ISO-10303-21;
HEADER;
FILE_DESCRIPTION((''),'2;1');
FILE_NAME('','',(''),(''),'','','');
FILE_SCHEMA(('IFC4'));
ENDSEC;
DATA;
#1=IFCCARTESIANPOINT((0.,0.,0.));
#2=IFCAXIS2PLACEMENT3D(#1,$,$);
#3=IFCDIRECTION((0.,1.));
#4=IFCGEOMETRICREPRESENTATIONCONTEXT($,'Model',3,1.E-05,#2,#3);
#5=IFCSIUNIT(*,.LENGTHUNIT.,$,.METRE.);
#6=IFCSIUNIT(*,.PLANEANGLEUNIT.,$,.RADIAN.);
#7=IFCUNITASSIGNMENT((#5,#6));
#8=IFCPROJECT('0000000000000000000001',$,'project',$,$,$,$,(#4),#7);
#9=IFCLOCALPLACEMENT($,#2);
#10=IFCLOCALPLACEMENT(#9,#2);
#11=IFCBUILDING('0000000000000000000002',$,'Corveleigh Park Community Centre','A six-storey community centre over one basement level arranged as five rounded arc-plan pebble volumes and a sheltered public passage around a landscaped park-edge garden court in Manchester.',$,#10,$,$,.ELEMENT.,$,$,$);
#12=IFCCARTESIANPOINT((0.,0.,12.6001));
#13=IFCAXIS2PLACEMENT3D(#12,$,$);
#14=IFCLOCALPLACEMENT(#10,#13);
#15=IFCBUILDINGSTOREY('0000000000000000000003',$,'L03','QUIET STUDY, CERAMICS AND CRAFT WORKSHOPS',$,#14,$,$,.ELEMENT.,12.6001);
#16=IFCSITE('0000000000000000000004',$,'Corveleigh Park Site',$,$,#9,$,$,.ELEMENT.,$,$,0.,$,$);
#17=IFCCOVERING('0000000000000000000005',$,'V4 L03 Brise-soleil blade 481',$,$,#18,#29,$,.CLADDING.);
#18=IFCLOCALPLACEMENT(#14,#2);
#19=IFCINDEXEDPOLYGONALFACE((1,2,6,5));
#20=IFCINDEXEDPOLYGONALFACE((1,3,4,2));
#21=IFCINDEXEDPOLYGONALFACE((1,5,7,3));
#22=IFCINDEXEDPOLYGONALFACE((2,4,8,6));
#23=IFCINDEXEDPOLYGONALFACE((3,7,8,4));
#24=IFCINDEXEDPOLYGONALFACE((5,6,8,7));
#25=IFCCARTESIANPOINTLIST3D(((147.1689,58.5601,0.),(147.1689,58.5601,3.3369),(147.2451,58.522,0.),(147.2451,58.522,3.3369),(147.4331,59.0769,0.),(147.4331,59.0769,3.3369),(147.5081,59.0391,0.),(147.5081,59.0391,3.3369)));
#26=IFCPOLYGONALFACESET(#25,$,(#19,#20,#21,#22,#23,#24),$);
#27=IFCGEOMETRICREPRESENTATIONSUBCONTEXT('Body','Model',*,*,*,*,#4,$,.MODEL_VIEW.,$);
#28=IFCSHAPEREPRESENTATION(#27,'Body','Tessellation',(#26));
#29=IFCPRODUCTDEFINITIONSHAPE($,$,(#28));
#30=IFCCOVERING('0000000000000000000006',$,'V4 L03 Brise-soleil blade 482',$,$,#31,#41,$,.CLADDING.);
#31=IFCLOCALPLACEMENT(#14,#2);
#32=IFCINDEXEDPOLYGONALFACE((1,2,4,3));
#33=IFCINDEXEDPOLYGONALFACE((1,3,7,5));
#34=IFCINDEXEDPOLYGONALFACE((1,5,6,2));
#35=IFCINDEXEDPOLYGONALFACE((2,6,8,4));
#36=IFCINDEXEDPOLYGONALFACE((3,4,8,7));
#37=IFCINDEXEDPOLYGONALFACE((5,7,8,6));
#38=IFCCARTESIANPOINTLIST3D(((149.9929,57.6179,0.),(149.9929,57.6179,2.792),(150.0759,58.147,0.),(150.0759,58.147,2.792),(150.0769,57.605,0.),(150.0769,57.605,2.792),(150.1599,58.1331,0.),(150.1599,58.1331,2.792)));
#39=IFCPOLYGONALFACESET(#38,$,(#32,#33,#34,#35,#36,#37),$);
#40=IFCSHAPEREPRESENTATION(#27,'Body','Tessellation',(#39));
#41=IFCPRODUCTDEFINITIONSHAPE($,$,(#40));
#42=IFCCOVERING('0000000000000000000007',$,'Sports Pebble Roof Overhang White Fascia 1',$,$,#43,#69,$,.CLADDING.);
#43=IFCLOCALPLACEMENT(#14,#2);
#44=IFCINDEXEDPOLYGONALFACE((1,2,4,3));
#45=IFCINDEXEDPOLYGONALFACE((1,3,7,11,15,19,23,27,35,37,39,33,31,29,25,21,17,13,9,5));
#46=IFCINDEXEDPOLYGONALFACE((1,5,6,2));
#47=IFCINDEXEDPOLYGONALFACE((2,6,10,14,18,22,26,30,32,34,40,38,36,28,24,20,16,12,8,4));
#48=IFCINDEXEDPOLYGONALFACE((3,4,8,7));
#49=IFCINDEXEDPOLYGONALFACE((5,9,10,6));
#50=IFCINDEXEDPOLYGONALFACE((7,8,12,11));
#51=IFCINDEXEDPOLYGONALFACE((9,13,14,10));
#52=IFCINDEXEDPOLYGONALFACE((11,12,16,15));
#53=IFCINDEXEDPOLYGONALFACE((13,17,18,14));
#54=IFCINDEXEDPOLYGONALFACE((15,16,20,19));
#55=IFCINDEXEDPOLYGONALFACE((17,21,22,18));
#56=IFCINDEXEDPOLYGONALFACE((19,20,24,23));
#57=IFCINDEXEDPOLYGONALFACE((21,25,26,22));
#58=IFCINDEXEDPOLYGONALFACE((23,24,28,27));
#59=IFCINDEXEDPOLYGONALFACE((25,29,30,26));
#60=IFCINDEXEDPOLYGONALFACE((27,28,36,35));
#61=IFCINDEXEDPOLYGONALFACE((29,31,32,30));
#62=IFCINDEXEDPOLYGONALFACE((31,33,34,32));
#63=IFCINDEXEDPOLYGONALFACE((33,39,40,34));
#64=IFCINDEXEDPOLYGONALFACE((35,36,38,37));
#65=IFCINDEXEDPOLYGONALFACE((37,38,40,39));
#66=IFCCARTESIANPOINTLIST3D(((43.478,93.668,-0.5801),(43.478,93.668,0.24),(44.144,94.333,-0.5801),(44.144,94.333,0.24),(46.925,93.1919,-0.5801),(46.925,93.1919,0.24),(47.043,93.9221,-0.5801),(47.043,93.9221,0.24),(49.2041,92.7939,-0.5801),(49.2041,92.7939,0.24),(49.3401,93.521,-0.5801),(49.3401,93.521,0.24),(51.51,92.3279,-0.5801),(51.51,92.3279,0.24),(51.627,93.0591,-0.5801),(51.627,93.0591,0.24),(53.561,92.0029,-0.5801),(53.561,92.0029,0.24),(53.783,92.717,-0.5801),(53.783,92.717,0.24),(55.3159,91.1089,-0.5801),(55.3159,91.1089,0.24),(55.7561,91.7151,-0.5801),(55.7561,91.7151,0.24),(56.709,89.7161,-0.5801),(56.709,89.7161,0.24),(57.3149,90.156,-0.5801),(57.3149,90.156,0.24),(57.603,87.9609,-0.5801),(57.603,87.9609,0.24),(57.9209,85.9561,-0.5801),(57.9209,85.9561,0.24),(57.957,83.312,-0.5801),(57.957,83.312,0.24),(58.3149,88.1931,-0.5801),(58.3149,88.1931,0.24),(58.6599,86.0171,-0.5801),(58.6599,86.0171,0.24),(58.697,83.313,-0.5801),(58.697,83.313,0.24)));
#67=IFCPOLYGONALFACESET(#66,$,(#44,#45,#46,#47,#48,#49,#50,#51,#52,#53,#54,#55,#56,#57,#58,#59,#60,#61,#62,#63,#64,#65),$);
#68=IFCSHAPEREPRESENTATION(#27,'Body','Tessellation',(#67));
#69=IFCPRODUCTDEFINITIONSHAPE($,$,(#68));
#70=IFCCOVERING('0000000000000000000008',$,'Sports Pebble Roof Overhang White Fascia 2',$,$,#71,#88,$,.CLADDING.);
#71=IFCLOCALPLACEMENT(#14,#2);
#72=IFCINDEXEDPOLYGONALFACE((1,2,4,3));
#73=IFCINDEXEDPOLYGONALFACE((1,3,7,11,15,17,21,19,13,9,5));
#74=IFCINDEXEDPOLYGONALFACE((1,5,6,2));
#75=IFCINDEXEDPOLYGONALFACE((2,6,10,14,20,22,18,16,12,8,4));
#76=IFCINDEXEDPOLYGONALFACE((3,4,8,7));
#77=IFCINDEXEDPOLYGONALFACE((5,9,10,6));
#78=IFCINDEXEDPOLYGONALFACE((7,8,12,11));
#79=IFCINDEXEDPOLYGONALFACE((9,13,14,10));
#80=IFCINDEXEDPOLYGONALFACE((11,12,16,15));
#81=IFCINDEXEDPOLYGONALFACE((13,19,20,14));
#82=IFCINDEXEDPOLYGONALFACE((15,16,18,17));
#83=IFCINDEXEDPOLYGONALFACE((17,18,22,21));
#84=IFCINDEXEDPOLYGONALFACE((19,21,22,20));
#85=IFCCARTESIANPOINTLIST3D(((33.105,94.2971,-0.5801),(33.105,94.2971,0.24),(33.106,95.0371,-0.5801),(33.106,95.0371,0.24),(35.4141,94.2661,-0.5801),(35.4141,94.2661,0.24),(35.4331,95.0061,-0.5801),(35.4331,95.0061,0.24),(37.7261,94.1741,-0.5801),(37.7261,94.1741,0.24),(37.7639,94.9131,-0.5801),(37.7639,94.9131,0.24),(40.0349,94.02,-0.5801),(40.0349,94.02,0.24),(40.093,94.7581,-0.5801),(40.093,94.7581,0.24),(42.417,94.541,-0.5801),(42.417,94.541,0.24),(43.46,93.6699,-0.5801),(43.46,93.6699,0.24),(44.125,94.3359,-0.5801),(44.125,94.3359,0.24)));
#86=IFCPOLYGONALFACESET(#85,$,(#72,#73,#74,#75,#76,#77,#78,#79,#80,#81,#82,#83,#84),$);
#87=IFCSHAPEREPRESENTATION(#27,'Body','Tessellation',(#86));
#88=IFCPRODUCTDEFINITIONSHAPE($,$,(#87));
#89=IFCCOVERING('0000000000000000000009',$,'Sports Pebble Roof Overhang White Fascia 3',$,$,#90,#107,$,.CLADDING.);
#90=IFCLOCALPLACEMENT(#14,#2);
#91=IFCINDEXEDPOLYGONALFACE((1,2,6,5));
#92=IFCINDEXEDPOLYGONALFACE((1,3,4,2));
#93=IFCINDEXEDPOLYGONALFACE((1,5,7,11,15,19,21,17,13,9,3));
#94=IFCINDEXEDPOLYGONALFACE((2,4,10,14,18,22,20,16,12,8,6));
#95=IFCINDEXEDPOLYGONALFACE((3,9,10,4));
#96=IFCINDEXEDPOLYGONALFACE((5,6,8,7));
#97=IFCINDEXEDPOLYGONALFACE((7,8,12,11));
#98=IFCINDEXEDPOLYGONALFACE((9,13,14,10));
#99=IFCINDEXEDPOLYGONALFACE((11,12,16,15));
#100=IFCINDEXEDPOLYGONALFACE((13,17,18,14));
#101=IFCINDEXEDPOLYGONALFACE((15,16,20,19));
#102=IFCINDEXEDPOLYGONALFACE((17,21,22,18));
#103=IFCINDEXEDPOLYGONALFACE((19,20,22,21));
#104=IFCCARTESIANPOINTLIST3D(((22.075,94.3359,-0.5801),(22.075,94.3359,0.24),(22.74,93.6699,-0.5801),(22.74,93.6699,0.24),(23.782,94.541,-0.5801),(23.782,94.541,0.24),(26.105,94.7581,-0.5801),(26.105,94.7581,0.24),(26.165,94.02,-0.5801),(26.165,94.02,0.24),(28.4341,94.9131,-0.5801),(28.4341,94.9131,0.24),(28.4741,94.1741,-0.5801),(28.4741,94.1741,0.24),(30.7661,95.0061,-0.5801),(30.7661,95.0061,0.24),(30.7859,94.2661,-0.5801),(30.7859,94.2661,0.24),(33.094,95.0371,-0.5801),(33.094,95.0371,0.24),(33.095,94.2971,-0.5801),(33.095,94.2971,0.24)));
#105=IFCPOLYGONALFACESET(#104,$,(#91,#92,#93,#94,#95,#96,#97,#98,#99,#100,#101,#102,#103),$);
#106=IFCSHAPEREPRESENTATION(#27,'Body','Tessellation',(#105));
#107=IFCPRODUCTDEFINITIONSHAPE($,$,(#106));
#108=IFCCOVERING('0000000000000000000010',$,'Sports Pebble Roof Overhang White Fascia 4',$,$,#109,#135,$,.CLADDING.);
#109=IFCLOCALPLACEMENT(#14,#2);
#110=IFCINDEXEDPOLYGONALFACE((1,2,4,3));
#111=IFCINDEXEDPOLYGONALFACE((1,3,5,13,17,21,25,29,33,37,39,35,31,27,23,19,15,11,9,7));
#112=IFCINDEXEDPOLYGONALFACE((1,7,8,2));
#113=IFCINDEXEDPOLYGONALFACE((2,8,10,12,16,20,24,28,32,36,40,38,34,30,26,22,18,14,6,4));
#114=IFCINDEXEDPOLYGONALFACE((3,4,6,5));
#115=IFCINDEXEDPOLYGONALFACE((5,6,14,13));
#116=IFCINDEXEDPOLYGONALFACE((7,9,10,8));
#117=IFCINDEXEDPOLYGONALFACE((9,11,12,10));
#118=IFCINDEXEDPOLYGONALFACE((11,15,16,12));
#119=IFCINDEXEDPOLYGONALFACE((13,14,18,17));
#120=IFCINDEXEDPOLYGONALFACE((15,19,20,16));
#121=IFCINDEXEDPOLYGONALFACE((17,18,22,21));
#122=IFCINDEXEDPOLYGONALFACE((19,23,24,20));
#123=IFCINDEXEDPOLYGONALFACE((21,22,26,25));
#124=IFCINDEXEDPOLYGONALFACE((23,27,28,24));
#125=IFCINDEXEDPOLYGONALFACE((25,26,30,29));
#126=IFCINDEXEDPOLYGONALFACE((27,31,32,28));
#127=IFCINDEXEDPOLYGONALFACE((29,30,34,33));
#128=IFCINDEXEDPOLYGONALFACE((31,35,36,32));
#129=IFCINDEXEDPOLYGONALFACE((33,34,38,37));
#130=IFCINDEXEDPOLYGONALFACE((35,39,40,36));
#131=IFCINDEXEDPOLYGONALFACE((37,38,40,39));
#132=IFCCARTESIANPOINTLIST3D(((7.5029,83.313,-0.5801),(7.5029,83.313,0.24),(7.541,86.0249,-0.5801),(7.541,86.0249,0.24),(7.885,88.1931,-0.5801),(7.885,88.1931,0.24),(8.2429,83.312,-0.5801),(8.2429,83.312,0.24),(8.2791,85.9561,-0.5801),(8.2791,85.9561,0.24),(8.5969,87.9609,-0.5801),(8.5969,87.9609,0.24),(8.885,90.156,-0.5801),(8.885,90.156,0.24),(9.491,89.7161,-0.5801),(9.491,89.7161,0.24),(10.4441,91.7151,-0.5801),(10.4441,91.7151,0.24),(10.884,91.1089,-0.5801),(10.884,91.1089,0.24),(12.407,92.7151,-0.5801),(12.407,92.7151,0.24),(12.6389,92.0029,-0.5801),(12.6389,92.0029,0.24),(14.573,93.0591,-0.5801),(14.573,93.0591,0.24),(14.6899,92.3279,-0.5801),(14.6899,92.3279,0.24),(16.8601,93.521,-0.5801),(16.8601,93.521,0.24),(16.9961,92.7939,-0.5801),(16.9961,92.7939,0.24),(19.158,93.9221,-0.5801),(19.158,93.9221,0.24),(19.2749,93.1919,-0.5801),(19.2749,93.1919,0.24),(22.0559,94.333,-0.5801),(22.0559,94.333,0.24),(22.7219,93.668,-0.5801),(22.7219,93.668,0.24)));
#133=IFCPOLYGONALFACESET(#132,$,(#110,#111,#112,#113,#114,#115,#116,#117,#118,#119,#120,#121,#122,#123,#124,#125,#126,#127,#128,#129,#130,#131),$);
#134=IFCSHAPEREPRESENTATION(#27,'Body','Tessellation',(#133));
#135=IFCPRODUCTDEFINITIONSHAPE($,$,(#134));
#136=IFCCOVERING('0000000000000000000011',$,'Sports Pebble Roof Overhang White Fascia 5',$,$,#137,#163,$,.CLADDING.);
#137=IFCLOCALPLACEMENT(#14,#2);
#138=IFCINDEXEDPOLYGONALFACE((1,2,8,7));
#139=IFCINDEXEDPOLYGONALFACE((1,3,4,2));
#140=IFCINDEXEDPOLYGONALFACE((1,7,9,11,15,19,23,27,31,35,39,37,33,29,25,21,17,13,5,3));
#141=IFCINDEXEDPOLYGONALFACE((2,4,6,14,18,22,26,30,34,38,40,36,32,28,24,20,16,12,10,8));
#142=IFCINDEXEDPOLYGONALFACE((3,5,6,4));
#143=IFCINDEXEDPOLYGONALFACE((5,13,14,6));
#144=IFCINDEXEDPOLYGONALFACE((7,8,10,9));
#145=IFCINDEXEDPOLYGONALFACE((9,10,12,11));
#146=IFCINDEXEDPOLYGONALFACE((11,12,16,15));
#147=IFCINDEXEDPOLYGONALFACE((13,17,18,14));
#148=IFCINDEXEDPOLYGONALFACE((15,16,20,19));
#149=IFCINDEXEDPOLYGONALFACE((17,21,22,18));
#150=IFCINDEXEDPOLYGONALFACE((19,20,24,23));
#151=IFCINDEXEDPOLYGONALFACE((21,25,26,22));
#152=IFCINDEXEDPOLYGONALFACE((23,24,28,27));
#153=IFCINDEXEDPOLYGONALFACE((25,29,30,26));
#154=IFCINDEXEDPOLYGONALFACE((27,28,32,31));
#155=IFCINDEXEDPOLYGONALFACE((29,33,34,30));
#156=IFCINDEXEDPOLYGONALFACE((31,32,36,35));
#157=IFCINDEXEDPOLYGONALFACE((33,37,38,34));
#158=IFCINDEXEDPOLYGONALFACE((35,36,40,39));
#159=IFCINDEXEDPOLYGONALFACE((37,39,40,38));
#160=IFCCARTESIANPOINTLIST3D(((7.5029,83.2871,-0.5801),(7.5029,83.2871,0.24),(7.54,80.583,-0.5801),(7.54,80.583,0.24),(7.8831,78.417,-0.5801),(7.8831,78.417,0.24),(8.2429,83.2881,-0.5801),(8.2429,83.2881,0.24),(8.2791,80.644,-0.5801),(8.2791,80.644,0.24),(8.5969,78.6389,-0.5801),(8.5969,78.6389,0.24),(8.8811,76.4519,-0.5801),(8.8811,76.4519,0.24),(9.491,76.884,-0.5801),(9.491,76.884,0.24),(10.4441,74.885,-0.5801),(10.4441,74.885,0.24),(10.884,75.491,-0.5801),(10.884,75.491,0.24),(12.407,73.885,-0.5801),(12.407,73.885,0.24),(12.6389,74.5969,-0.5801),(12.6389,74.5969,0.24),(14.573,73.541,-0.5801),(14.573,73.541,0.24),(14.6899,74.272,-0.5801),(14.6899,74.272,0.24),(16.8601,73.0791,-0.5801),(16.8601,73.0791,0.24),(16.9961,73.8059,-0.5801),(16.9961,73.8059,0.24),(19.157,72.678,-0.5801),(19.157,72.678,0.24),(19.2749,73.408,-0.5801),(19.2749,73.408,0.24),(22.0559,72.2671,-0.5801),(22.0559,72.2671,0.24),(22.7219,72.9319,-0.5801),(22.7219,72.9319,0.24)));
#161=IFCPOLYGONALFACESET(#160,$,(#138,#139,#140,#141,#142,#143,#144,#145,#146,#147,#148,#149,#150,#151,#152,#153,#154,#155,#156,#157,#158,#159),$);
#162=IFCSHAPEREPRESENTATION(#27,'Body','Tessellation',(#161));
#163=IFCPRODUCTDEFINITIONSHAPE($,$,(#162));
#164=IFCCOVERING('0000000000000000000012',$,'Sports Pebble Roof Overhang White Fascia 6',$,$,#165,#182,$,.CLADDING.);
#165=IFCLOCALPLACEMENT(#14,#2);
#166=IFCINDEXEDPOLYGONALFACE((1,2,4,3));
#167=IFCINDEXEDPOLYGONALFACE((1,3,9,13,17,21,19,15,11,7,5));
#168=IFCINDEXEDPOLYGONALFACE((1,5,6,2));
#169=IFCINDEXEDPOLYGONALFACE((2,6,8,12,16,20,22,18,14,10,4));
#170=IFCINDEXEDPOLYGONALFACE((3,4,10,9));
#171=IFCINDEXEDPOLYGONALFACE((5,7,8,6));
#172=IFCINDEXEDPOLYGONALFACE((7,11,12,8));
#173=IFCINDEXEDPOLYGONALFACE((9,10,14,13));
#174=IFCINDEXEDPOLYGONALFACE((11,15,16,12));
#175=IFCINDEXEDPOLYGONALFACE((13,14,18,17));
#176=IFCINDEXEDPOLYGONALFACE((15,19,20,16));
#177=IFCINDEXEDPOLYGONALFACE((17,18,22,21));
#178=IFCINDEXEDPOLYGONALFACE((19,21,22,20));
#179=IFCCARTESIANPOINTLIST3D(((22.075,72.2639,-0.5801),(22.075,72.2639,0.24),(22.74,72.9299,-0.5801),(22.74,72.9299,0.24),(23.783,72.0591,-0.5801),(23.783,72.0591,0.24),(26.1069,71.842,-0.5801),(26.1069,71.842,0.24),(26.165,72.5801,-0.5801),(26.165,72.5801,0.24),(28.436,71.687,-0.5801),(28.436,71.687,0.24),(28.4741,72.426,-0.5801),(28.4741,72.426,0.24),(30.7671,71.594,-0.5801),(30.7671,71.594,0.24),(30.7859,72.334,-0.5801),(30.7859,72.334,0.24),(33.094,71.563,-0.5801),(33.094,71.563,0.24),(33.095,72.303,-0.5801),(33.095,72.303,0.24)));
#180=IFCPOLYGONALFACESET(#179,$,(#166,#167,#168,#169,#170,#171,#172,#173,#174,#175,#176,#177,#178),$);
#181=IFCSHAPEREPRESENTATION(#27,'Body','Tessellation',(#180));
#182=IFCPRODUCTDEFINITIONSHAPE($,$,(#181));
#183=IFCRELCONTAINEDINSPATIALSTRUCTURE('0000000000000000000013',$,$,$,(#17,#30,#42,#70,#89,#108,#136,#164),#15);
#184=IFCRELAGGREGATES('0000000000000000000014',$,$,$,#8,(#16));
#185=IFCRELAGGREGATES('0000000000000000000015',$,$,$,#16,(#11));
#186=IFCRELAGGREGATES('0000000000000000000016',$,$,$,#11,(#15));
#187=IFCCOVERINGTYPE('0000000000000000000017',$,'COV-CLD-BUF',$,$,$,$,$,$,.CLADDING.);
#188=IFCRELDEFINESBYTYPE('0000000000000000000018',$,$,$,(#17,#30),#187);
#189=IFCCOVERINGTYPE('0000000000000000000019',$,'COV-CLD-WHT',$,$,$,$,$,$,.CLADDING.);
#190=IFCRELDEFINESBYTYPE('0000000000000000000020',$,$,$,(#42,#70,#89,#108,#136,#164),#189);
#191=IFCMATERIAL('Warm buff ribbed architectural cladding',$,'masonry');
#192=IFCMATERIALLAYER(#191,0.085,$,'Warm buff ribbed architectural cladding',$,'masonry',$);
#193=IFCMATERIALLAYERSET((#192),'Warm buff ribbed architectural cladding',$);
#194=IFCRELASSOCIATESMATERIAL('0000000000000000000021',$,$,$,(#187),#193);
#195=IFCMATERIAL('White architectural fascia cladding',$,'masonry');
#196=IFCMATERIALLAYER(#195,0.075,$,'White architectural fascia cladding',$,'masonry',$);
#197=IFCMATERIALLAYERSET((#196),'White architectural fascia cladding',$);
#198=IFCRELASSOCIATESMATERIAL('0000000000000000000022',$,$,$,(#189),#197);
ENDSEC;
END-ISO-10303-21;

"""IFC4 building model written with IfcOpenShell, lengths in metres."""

from ifc_helpers import new_model, si_unit, direction, frame, origin, place, context, subcontext, project, spatial, polyline, outline, extrude, material, layer, layer_set, type_object, element, save


model = new_model("IFC4")

# Units and contexts
model_context = context("Model", 3, precision=1e-05, world=origin(), true_north=direction((0.0, 1.0)))
body_context = subcontext(model_context, "Body", "Model", "MODEL_VIEW")
ifc_project = project(units=[si_unit("LENGTHUNIT", "METRE"), si_unit("PLANEANGLEUNIT", "RADIAN")], contexts=[model_context])

# Site, building, storey
site_placement = place(None, origin())
site = spatial("IfcSite", under=ifc_project, at=site_placement, Name="Corveleigh Park Site", CompositionType="ELEMENT", RefElevation=0.0)
building_placement = place(site_placement, origin())
building = spatial("IfcBuilding", under=site, at=building_placement, Name="Corveleigh Park Community Centre", Description="A six-storey community centre over one basement level arranged as five rounded arc-plan pebble volumes and a sheltered public passage around a landscaped park-edge garden court in Manchester.", CompositionType="ELEMENT")
storey_placement = place(building_placement, frame((0.0, 0.0, 12.6001)))
storey = spatial("IfcBuildingStorey", under=building, at=storey_placement, Name="L03", Description="QUIET STUDY, CERAMICS AND CRAFT WORKSHOPS", CompositionType="ELEMENT", Elevation=12.6001)

# Coverings
ifc_material_1 = material(Name="Warm buff ribbed architectural cladding", Category="masonry")
ifc_layer_1 = layer(ifc_material_1, 0.085, Name="Warm buff ribbed architectural cladding", Category="masonry")
ifc_layer_set_1 = layer_set([ifc_layer_1], Name="Warm buff ribbed architectural cladding")
covering_type_1 = type_object("IfcCoveringType", Name="COV-CLD-BUF", PredefinedType="CLADDING", material=ifc_layer_set_1)
covering_1_placement = place(storey_placement, origin())
element("IfcCovering", 1, at=covering_1_placement, inside=storey, type_object=covering_type_1, Name="V4 L03 Brise-soleil blade 481", PredefinedType="CLADDING", context=body_context, shape_type="SweptSolid", body=[
    extrude(outline(polyline([(147.5081, 59.0391), (147.4331, 59.0769), (147.1689, 58.5601), (147.2451, 58.522), (147.5081, 59.0391)])), origin(), (0.0, 0.0, 1.0), 3.3369),
])
covering_2_placement = place(storey_placement, origin())
element("IfcCovering", 2, at=covering_2_placement, inside=storey, type_object=covering_type_1, Name="V4 L03 Brise-soleil blade 482", PredefinedType="CLADDING", context=body_context, shape_type="SweptSolid", body=[
    extrude(outline(polyline([(150.1599, 58.1331), (150.0759, 58.147), (149.9929, 57.6179), (150.0769, 57.605), (150.1599, 58.1331)])), origin(), (0.0, 0.0, 1.0), 2.792),
])
ifc_material_2 = material(Name="White architectural fascia cladding", Category="masonry")
ifc_layer_2 = layer(ifc_material_2, 0.075, Name="White architectural fascia cladding", Category="masonry")
ifc_layer_set_2 = layer_set([ifc_layer_2], Name="White architectural fascia cladding")
covering_type_2 = type_object("IfcCoveringType", Name="COV-CLD-WHT", PredefinedType="CLADDING", material=ifc_layer_set_2)
covering_3_placement = place(storey_placement, frame((0.0, 0.0, -0.5801)))
element("IfcCovering", 3, at=covering_3_placement, inside=storey, type_object=covering_type_2, Name="Sports Pebble Roof Overhang White Fascia 1", PredefinedType="CLADDING", context=body_context, shape_type="SweptSolid", body=[
    extrude(outline(polyline([(44.144, 94.333), (47.043, 93.9221), (49.3401, 93.521), (51.627, 93.0591), (53.783, 92.717), (55.7561, 91.7151), (57.3149, 90.156), (58.3149, 88.1931), (58.6599, 86.0171), (58.697, 83.313), (57.957, 83.312), (57.9209, 85.9561), (57.603, 87.9609), (56.709, 89.7161), (55.3159, 91.1089), (53.561, 92.0029), (51.51, 92.3279), (49.2041, 92.7939), (46.925, 93.1919), (43.478, 93.668), (44.144, 94.333)])), origin(), (0.0, 0.0, 1.0), 0.8201),
])
covering_4_placement = place(storey_placement, frame((0.0, 0.0, -0.5801)))
element("IfcCovering", 4, at=covering_4_placement, inside=storey, type_object=covering_type_2, Name="Sports Pebble Roof Overhang White Fascia 2", PredefinedType="CLADDING", context=body_context, shape_type="SweptSolid", body=[
    extrude(outline(polyline([(35.4331, 95.0061), (37.7639, 94.9131), (40.093, 94.7581), (42.417, 94.541), (44.125, 94.3359), (43.46, 93.6699), (40.0349, 94.02), (37.7261, 94.1741), (35.4141, 94.2661), (33.105, 94.2971), (33.106, 95.0371), (35.4331, 95.0061)])), origin(), (0.0, 0.0, 1.0), 0.8201),
])
covering_5_placement = place(storey_placement, frame((0.0, 0.0, -0.5801)))
element("IfcCovering", 5, at=covering_5_placement, inside=storey, type_object=covering_type_2, Name="Sports Pebble Roof Overhang White Fascia 3", PredefinedType="CLADDING", context=body_context, shape_type="SweptSolid", body=[
    extrude(outline(polyline([(23.782, 94.541), (26.105, 94.7581), (28.4341, 94.9131), (30.7661, 95.0061), (33.094, 95.0371), (33.095, 94.2971), (30.7859, 94.2661), (28.4741, 94.1741), (26.165, 94.02), (22.74, 93.6699), (22.075, 94.3359), (23.782, 94.541)])), origin(), (0.0, 0.0, 1.0), 0.8201),
])
covering_6_placement = place(storey_placement, frame((0.0, 0.0, -0.5801)))
element("IfcCovering", 6, at=covering_6_placement, inside=storey, type_object=covering_type_2, Name="Sports Pebble Roof Overhang White Fascia 4", PredefinedType="CLADDING", context=body_context, shape_type="SweptSolid", body=[
    extrude(outline(polyline([(7.5029, 83.313), (7.541, 86.0249), (7.885, 88.1931), (8.885, 90.156), (10.4441, 91.7151), (12.407, 92.7151), (14.573, 93.0591), (16.8601, 93.521), (19.158, 93.9221), (22.0559, 94.333), (22.7219, 93.668), (19.2749, 93.1919), (16.9961, 92.7939), (14.6899, 92.3279), (12.6389, 92.0029), (10.884, 91.1089), (9.491, 89.7161), (8.5969, 87.9609), (8.2791, 85.9561), (8.2429, 83.312), (7.5029, 83.313)])), origin(), (0.0, 0.0, 1.0), 0.8201),
])
covering_7_placement = place(storey_placement, frame((0.0, 0.0, -0.5801)))
element("IfcCovering", 7, at=covering_7_placement, inside=storey, type_object=covering_type_2, Name="Sports Pebble Roof Overhang White Fascia 5", PredefinedType="CLADDING", context=body_context, shape_type="SweptSolid", body=[
    extrude(outline(polyline([(12.407, 73.885), (10.4441, 74.885), (8.8811, 76.4519), (7.8831, 78.417), (7.54, 80.583), (7.5029, 83.2871), (8.2429, 83.2881), (8.2791, 80.644), (8.5969, 78.6389), (9.491, 76.884), (10.884, 75.491), (12.6389, 74.5969), (14.6899, 74.272), (16.9961, 73.8059), (19.2749, 73.408), (22.7219, 72.9319), (22.0559, 72.2671), (19.157, 72.678), (16.8601, 73.0791), (14.573, 73.541), (12.407, 73.885)])), origin(), (0.0, 0.0, 1.0), 0.8201),
])
covering_8_placement = place(storey_placement, frame((0.0, 0.0, -0.5801)))
element("IfcCovering", 8, at=covering_8_placement, inside=storey, type_object=covering_type_2, Name="Sports Pebble Roof Overhang White Fascia 6", PredefinedType="CLADDING", context=body_context, shape_type="SweptSolid", body=[
    extrude(outline(polyline([(30.7671, 71.594), (28.436, 71.687), (26.1069, 71.842), (23.783, 72.0591), (22.075, 72.2639), (22.74, 72.9299), (26.165, 72.5801), (28.4741, 72.426), (30.7859, 72.334), (33.095, 72.303), (33.094, 71.563), (30.7671, 71.594)])), origin(), (0.0, 0.0, 1.0), 0.8201),
])

save(model, "model.ifc")
